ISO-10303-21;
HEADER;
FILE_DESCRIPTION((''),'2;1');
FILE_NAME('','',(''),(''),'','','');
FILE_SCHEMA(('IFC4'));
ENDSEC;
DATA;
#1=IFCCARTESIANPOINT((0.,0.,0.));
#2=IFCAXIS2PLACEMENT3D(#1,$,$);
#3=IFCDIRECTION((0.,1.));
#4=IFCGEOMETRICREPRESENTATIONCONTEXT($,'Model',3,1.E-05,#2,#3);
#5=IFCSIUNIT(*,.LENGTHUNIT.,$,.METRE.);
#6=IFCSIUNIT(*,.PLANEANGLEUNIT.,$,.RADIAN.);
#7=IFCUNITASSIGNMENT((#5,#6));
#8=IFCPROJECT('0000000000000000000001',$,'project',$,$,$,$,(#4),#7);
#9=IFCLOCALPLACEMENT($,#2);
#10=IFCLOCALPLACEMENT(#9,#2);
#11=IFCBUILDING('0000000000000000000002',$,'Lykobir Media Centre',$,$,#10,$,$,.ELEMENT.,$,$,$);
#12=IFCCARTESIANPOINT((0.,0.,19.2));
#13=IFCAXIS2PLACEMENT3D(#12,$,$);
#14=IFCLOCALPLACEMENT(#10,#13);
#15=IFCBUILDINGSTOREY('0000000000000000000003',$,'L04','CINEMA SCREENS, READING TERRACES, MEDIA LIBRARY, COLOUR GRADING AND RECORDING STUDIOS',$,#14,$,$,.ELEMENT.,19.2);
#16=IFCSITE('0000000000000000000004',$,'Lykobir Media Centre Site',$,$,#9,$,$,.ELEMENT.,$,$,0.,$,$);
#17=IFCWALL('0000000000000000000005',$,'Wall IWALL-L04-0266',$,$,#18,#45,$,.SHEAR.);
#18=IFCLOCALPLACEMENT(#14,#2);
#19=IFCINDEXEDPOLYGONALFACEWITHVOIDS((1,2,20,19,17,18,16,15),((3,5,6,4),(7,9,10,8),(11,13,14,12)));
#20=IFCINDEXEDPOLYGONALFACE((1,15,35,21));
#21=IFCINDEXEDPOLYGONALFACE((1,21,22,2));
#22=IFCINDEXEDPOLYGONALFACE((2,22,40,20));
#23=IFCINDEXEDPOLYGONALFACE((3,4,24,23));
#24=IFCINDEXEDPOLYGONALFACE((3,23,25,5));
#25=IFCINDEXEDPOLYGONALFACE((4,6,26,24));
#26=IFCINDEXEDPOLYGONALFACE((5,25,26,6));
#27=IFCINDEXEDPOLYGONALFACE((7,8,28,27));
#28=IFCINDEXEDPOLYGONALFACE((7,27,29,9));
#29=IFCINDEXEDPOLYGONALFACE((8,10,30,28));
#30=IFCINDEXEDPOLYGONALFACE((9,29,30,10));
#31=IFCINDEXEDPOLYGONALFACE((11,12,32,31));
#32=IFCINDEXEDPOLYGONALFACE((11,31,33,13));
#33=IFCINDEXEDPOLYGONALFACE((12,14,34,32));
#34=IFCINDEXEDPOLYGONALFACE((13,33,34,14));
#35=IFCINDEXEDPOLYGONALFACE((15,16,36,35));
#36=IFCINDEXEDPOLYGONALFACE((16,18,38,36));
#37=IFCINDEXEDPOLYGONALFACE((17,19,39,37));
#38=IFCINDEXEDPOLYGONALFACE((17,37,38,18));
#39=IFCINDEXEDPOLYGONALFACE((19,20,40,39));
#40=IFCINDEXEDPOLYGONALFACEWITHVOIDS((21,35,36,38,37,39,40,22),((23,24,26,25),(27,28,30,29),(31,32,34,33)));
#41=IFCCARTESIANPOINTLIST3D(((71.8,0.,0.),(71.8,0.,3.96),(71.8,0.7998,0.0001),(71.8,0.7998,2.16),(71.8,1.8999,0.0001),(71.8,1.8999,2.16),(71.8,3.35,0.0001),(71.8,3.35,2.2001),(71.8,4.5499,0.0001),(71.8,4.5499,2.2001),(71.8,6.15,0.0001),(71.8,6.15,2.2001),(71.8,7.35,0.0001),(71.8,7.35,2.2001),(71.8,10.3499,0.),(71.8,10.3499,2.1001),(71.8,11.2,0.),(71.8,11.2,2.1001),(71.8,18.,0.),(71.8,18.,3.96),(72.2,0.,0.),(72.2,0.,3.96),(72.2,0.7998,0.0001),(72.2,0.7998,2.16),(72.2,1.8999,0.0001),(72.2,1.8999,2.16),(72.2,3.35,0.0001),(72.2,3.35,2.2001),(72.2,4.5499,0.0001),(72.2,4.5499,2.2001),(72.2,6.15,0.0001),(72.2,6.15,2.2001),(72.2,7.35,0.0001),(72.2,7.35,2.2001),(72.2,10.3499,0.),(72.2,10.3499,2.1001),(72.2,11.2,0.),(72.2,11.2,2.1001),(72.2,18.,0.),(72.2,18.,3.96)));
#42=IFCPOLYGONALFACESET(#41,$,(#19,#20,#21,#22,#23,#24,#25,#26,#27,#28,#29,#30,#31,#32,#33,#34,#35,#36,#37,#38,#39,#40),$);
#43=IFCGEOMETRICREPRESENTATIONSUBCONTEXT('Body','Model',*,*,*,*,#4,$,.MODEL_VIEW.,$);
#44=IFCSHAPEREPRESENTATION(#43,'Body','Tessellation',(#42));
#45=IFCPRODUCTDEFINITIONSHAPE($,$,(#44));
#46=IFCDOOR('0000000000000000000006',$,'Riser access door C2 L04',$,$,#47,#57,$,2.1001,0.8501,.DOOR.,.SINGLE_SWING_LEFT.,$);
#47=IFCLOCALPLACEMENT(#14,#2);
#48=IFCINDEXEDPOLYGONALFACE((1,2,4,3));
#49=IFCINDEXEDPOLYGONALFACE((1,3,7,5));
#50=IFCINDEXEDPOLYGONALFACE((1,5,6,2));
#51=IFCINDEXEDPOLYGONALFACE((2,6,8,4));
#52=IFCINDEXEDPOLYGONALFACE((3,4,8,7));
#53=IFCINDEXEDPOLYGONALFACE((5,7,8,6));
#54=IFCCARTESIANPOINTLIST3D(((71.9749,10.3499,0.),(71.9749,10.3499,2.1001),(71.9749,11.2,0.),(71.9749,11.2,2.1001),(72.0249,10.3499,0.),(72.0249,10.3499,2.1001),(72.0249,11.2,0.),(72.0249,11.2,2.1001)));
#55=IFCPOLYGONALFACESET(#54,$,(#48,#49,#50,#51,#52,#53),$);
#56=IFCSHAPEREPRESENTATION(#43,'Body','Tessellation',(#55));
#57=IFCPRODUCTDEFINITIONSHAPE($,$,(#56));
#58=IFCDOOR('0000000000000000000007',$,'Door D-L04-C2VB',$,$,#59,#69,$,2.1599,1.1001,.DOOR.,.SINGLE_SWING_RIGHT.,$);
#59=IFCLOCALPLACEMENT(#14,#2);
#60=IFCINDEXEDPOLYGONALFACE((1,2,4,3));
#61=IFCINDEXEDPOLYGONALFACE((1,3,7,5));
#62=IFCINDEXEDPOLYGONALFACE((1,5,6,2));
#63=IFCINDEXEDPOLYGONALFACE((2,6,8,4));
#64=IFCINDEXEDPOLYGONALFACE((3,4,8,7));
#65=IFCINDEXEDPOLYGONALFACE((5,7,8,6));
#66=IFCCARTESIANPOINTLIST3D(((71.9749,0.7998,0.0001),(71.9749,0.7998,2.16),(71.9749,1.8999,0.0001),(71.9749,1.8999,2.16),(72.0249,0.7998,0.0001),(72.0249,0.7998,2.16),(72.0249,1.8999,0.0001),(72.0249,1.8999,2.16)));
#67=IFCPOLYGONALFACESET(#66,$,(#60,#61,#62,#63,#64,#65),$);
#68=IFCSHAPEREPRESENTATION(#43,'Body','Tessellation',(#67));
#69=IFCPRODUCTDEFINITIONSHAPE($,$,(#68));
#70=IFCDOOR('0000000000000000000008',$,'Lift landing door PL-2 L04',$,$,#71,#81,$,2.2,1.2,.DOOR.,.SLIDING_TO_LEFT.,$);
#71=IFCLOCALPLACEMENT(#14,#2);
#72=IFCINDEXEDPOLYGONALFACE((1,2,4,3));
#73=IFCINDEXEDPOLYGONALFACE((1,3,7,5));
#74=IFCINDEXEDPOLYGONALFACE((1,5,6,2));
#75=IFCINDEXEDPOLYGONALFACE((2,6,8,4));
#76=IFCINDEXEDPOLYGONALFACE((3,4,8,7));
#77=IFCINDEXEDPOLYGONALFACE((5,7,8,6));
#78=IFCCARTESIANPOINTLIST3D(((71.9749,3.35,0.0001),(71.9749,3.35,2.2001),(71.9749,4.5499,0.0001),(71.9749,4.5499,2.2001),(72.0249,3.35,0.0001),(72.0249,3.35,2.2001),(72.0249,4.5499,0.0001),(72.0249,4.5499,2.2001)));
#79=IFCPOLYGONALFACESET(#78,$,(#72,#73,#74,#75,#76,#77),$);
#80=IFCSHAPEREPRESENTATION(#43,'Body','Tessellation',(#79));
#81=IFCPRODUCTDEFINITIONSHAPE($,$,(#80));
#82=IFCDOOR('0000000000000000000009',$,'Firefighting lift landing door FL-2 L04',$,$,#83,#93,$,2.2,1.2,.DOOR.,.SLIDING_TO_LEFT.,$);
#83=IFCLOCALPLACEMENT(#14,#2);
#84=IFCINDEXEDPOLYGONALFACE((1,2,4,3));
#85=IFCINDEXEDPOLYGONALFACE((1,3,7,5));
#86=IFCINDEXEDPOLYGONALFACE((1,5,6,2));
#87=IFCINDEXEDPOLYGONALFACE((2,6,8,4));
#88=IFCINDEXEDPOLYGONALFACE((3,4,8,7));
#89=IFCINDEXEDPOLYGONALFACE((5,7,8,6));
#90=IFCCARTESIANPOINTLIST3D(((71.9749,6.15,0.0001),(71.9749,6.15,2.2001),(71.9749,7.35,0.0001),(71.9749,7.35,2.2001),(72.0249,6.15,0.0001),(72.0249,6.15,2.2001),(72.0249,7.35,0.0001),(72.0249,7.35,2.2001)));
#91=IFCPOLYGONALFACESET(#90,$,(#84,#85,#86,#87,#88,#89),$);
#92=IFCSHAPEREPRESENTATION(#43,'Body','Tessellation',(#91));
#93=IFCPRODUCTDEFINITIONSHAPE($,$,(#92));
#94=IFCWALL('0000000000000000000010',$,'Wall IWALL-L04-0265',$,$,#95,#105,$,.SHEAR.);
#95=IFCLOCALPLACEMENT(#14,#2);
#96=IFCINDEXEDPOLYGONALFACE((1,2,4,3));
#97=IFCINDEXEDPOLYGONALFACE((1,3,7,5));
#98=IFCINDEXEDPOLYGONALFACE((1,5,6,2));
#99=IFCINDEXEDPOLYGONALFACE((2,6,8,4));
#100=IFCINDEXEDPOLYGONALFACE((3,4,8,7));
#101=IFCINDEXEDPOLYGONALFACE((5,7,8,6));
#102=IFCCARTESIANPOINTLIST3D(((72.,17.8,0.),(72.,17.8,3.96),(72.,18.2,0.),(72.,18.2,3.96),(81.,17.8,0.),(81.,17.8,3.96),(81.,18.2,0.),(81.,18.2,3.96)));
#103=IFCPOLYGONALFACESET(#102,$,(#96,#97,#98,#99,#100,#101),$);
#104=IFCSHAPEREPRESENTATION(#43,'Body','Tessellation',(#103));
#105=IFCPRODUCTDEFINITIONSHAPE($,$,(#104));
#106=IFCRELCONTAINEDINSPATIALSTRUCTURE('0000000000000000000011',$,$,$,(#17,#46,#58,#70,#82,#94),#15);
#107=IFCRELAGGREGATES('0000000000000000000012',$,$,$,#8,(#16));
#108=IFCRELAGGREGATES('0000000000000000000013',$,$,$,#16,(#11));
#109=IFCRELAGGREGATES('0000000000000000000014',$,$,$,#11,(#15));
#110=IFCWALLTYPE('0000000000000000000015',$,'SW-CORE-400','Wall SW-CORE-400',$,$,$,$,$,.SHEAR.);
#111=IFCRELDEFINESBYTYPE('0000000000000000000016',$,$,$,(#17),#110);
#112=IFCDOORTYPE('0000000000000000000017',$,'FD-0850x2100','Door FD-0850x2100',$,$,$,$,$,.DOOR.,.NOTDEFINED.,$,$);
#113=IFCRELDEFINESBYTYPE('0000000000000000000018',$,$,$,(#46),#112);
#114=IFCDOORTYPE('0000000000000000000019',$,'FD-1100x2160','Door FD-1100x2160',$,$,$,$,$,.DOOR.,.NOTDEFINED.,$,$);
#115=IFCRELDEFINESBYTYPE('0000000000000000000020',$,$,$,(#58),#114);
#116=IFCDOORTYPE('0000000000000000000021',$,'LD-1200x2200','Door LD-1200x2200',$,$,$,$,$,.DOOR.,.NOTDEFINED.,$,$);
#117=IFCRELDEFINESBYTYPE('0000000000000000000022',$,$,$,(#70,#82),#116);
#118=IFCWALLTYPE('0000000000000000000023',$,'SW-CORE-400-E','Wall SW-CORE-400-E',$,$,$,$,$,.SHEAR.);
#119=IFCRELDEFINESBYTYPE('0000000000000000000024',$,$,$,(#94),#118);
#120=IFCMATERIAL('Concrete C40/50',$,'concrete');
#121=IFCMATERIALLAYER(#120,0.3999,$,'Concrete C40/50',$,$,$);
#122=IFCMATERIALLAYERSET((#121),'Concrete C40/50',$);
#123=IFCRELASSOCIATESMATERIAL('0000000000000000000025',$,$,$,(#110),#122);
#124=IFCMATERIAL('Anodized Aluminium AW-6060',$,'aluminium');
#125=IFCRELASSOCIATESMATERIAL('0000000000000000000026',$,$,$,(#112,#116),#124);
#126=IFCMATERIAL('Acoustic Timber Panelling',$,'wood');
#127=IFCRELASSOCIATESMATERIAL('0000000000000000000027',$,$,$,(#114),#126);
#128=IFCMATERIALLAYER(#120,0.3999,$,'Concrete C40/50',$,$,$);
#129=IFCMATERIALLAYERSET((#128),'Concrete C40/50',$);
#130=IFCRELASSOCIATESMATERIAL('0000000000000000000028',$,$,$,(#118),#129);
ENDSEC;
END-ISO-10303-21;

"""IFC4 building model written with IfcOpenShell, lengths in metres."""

from ifc_helpers import new_model, si_unit, direction, frame, frame_2d, origin, place, context, subcontext, project, spatial, rectangle, extrude, material, layer, layer_set, type_object, element, fill, save


model = new_model("IFC4")

# Units and contexts
model_context = context("Model", 3, precision=1e-05, world=origin(), true_north=direction((0.0, 1.0)))
body_context = subcontext(model_context, "Body", "Model", "MODEL_VIEW")
ifc_project = project(units=[si_unit("LENGTHUNIT", "METRE"), si_unit("PLANEANGLEUNIT", "RADIAN")], contexts=[model_context])

# Site, building, storey
site_placement = place(None, origin())
site = spatial("IfcSite", under=ifc_project, at=site_placement, Name="Lykobir Media Centre Site", CompositionType="ELEMENT", RefElevation=0.0)
building_placement = place(site_placement, origin())
building = spatial("IfcBuilding", under=site, at=building_placement, Name="Lykobir Media Centre", CompositionType="ELEMENT")
storey_placement = place(building_placement, frame((0.0, 0.0, 19.2)))
storey = spatial("IfcBuildingStorey", under=building, at=storey_placement, Name="L04", Description="CINEMA SCREENS, READING TERRACES, MEDIA LIBRARY, COLOUR GRADING AND RECORDING STUDIOS", CompositionType="ELEMENT", Elevation=19.2)

# Shared definitions
ifc_material_1 = material(Name="Concrete C40/50", Category="concrete")

# Shared definitions
ifc_material_2 = material(Name="Anodized Aluminium AW-6060", Category="aluminium")

# Shared definitions
ifc_material_3 = material(Name="Acoustic Timber Panelling", Category="wood")

# Wall, openings, doors
ifc_layer_1 = layer(ifc_material_1, 0.3999, Name="Concrete C40/50")
ifc_layer_set_1 = layer_set([ifc_layer_1], Name="Concrete C40/50")
wall_type_1 = type_object("IfcWallType", Name="SW-CORE-400", Description="Wall SW-CORE-400", PredefinedType="SHEAR", material=ifc_layer_set_1)
wall_1_placement = place(storey_placement, frame((72.0, 18.0, 0.0), z_axis=(0.0, 0.0, 1.0), x_axis=(0.0, -1.0, 0.0)))
wall_1 = element("IfcWall", 1, at=wall_1_placement, inside=storey, type_object=wall_type_1, Name="Wall IWALL-L04-0266", PredefinedType="SHEAR", context=body_context, shape_type="SweptSolid", body=[
    extrude(rectangle(XDim=18.0, YDim=0.3999, at=frame_2d((9.0, 0.0))), origin(), (0.0, 0.0, 1.0), 3.96),
])
opening_1_placement = place(wall_1_placement, frame((16.1001, 0.0, 0.0)))
opening_1 = element("IfcOpeningElement", 2, at=opening_1_placement, cuts=wall_1, PredefinedType="OPENING", context=body_context, shape_type="SweptSolid", body=[
    extrude(rectangle(XDim=1.1001, YDim=2.1599, at=frame_2d((0.55, 1.0801))), frame((0.0, 0.21, 0.0), z_axis=(0.0, -1.0, 0.0), x_axis=(1.0, 0.0, 0.0)), (0.0, 0.0, 1.0), 0.4199),
])
opening_2_placement = place(wall_1_placement, frame((13.45, 0.0, 0.0)))
opening_2 = element("IfcOpeningElement", 3, at=opening_2_placement, cuts=wall_1, PredefinedType="OPENING", context=body_context, shape_type="SweptSolid", body=[
    extrude(rectangle(XDim=1.2, YDim=2.2, at=frame_2d((0.6001, 1.1001))), frame((0.0, 0.21, 0.0), z_axis=(0.0, -1.0, 0.0), x_axis=(1.0, 0.0, 0.0)), (0.0, 0.0, 1.0), 0.4199),
])
opening_3_placement = place(wall_1_placement, frame((10.6499, 0.0, 0.0)))
opening_3 = element("IfcOpeningElement", 4, at=opening_3_placement, cuts=wall_1, PredefinedType="OPENING", context=body_context, shape_type="SweptSolid", body=[
    extrude(rectangle(XDim=1.2, YDim=2.2, at=frame_2d((0.6001, 1.1001))), frame((0.0, 0.21, 0.0), z_axis=(0.0, -1.0, 0.0), x_axis=(1.0, 0.0, 0.0)), (0.0, 0.0, 1.0), 0.4199),
])
opening_4_placement = place(wall_1_placement, frame((6.8, 0.0, 0.0)))
opening_4 = element("IfcOpeningElement", 5, at=opening_4_placement, cuts=wall_1, PredefinedType="OPENING", context=body_context, shape_type="SweptSolid", body=[
    extrude(rectangle(XDim=0.8501, YDim=2.1001, at=frame_2d((0.425, 1.05))), frame((0.0, 0.21, 0.0), z_axis=(0.0, -1.0, 0.0), x_axis=(1.0, 0.0, 0.0)), (0.0, 0.0, 1.0), 0.4199),
])
door_type_1 = type_object("IfcDoorType", Name="FD-0850x2100", Description="Door FD-0850x2100", OperationType="NOTDEFINED", PredefinedType="DOOR", material=ifc_material_2)
door_1_placement = place(opening_4_placement, origin())
door_1 = element("IfcDoor", 6, at=door_1_placement, inside=storey, type_object=door_type_1, Name="Riser access door C2 L04", OperationType="SINGLE_SWING_LEFT", OverallHeight=2.1001, OverallWidth=0.8501, PredefinedType="DOOR", context=body_context, shape_type="SweptSolid", body=[
    extrude(rectangle(XDim=0.8501, YDim=2.1001, at=frame_2d((0.425, 1.05))), frame((0.0, 0.0249, 0.0), z_axis=(0.0, -1.0, 0.0), x_axis=(1.0, 0.0, 0.0)), (0.0, 0.0, 1.0), 0.05),
])
fill(opening_4, door_1)
door_type_2 = type_object("IfcDoorType", Name="FD-1100x2160", Description="Door FD-1100x2160", OperationType="NOTDEFINED", PredefinedType="DOOR", material=ifc_material_3)
door_2_placement = place(opening_1_placement, origin())
door_2 = element("IfcDoor", 7, at=door_2_placement, inside=storey, type_object=door_type_2, Name="Door D-L04-C2VB", OperationType="SINGLE_SWING_RIGHT", OverallHeight=2.1599, OverallWidth=1.1001, PredefinedType="DOOR", context=body_context, shape_type="SweptSolid", body=[
    extrude(rectangle(XDim=1.1001, YDim=2.1599, at=frame_2d((0.55, 1.0801))), frame((0.0, 0.0249, 0.0), z_axis=(0.0, -1.0, 0.0), x_axis=(1.0, 0.0, 0.0)), (0.0, 0.0, 1.0), 0.05),
])
fill(opening_1, door_2)
door_type_3 = type_object("IfcDoorType", Name="LD-1200x2200", Description="Door LD-1200x2200", OperationType="NOTDEFINED", PredefinedType="DOOR", material=ifc_material_2)
door_3_placement = place(opening_2_placement, origin())
door_3 = element("IfcDoor", 8, at=door_3_placement, inside=storey, type_object=door_type_3, Name="Lift landing door PL-2 L04", OperationType="SLIDING_TO_LEFT", OverallHeight=2.2, OverallWidth=1.2, PredefinedType="DOOR", context=body_context, shape_type="SweptSolid", body=[
    extrude(rectangle(XDim=1.2, YDim=2.2, at=frame_2d((0.6001, 1.1001))), frame((0.0, 0.0249, 0.0), z_axis=(0.0, -1.0, 0.0), x_axis=(1.0, 0.0, 0.0)), (0.0, 0.0, 1.0), 0.05),
])
fill(opening_2, door_3)
door_4_placement = place(opening_3_placement, origin())
door_4 = element("IfcDoor", 9, at=door_4_placement, inside=storey, type_object=door_type_3, Name="Firefighting lift landing door FL-2 L04", OperationType="SLIDING_TO_LEFT", OverallHeight=2.2, OverallWidth=1.2, PredefinedType="DOOR", context=body_context, shape_type="SweptSolid", body=[
    extrude(rectangle(XDim=1.2, YDim=2.2, at=frame_2d((0.6001, 1.1001))), frame((0.0, 0.0249, 0.0), z_axis=(0.0, -1.0, 0.0), x_axis=(1.0, 0.0, 0.0)), (0.0, 0.0, 1.0), 0.05),
])
fill(opening_3, door_4)

# Wall
ifc_layer_2 = layer(ifc_material_1, 0.3999, Name="Concrete C40/50")
ifc_layer_set_2 = layer_set([ifc_layer_2], Name="Concrete C40/50")
wall_type_2 = type_object("IfcWallType", Name="SW-CORE-400-E", Description="Wall SW-CORE-400-E", PredefinedType="SHEAR", material=ifc_layer_set_2)
wall_2_placement = place(storey_placement, frame((81.0, 18.0, 0.0), z_axis=(0.0, 0.0, 1.0), x_axis=(-1.0, 0.0, 0.0)))
element("IfcWall", 10, at=wall_2_placement, inside=storey, type_object=wall_type_2, Name="Wall IWALL-L04-0265", PredefinedType="SHEAR", context=body_context, shape_type="SweptSolid", body=[
    extrude(rectangle(XDim=9.0, YDim=0.3999, at=frame_2d((4.5, 0.0))), origin(), (0.0, 0.0, 1.0), 3.96),
])

save(model, "model.ifc")
